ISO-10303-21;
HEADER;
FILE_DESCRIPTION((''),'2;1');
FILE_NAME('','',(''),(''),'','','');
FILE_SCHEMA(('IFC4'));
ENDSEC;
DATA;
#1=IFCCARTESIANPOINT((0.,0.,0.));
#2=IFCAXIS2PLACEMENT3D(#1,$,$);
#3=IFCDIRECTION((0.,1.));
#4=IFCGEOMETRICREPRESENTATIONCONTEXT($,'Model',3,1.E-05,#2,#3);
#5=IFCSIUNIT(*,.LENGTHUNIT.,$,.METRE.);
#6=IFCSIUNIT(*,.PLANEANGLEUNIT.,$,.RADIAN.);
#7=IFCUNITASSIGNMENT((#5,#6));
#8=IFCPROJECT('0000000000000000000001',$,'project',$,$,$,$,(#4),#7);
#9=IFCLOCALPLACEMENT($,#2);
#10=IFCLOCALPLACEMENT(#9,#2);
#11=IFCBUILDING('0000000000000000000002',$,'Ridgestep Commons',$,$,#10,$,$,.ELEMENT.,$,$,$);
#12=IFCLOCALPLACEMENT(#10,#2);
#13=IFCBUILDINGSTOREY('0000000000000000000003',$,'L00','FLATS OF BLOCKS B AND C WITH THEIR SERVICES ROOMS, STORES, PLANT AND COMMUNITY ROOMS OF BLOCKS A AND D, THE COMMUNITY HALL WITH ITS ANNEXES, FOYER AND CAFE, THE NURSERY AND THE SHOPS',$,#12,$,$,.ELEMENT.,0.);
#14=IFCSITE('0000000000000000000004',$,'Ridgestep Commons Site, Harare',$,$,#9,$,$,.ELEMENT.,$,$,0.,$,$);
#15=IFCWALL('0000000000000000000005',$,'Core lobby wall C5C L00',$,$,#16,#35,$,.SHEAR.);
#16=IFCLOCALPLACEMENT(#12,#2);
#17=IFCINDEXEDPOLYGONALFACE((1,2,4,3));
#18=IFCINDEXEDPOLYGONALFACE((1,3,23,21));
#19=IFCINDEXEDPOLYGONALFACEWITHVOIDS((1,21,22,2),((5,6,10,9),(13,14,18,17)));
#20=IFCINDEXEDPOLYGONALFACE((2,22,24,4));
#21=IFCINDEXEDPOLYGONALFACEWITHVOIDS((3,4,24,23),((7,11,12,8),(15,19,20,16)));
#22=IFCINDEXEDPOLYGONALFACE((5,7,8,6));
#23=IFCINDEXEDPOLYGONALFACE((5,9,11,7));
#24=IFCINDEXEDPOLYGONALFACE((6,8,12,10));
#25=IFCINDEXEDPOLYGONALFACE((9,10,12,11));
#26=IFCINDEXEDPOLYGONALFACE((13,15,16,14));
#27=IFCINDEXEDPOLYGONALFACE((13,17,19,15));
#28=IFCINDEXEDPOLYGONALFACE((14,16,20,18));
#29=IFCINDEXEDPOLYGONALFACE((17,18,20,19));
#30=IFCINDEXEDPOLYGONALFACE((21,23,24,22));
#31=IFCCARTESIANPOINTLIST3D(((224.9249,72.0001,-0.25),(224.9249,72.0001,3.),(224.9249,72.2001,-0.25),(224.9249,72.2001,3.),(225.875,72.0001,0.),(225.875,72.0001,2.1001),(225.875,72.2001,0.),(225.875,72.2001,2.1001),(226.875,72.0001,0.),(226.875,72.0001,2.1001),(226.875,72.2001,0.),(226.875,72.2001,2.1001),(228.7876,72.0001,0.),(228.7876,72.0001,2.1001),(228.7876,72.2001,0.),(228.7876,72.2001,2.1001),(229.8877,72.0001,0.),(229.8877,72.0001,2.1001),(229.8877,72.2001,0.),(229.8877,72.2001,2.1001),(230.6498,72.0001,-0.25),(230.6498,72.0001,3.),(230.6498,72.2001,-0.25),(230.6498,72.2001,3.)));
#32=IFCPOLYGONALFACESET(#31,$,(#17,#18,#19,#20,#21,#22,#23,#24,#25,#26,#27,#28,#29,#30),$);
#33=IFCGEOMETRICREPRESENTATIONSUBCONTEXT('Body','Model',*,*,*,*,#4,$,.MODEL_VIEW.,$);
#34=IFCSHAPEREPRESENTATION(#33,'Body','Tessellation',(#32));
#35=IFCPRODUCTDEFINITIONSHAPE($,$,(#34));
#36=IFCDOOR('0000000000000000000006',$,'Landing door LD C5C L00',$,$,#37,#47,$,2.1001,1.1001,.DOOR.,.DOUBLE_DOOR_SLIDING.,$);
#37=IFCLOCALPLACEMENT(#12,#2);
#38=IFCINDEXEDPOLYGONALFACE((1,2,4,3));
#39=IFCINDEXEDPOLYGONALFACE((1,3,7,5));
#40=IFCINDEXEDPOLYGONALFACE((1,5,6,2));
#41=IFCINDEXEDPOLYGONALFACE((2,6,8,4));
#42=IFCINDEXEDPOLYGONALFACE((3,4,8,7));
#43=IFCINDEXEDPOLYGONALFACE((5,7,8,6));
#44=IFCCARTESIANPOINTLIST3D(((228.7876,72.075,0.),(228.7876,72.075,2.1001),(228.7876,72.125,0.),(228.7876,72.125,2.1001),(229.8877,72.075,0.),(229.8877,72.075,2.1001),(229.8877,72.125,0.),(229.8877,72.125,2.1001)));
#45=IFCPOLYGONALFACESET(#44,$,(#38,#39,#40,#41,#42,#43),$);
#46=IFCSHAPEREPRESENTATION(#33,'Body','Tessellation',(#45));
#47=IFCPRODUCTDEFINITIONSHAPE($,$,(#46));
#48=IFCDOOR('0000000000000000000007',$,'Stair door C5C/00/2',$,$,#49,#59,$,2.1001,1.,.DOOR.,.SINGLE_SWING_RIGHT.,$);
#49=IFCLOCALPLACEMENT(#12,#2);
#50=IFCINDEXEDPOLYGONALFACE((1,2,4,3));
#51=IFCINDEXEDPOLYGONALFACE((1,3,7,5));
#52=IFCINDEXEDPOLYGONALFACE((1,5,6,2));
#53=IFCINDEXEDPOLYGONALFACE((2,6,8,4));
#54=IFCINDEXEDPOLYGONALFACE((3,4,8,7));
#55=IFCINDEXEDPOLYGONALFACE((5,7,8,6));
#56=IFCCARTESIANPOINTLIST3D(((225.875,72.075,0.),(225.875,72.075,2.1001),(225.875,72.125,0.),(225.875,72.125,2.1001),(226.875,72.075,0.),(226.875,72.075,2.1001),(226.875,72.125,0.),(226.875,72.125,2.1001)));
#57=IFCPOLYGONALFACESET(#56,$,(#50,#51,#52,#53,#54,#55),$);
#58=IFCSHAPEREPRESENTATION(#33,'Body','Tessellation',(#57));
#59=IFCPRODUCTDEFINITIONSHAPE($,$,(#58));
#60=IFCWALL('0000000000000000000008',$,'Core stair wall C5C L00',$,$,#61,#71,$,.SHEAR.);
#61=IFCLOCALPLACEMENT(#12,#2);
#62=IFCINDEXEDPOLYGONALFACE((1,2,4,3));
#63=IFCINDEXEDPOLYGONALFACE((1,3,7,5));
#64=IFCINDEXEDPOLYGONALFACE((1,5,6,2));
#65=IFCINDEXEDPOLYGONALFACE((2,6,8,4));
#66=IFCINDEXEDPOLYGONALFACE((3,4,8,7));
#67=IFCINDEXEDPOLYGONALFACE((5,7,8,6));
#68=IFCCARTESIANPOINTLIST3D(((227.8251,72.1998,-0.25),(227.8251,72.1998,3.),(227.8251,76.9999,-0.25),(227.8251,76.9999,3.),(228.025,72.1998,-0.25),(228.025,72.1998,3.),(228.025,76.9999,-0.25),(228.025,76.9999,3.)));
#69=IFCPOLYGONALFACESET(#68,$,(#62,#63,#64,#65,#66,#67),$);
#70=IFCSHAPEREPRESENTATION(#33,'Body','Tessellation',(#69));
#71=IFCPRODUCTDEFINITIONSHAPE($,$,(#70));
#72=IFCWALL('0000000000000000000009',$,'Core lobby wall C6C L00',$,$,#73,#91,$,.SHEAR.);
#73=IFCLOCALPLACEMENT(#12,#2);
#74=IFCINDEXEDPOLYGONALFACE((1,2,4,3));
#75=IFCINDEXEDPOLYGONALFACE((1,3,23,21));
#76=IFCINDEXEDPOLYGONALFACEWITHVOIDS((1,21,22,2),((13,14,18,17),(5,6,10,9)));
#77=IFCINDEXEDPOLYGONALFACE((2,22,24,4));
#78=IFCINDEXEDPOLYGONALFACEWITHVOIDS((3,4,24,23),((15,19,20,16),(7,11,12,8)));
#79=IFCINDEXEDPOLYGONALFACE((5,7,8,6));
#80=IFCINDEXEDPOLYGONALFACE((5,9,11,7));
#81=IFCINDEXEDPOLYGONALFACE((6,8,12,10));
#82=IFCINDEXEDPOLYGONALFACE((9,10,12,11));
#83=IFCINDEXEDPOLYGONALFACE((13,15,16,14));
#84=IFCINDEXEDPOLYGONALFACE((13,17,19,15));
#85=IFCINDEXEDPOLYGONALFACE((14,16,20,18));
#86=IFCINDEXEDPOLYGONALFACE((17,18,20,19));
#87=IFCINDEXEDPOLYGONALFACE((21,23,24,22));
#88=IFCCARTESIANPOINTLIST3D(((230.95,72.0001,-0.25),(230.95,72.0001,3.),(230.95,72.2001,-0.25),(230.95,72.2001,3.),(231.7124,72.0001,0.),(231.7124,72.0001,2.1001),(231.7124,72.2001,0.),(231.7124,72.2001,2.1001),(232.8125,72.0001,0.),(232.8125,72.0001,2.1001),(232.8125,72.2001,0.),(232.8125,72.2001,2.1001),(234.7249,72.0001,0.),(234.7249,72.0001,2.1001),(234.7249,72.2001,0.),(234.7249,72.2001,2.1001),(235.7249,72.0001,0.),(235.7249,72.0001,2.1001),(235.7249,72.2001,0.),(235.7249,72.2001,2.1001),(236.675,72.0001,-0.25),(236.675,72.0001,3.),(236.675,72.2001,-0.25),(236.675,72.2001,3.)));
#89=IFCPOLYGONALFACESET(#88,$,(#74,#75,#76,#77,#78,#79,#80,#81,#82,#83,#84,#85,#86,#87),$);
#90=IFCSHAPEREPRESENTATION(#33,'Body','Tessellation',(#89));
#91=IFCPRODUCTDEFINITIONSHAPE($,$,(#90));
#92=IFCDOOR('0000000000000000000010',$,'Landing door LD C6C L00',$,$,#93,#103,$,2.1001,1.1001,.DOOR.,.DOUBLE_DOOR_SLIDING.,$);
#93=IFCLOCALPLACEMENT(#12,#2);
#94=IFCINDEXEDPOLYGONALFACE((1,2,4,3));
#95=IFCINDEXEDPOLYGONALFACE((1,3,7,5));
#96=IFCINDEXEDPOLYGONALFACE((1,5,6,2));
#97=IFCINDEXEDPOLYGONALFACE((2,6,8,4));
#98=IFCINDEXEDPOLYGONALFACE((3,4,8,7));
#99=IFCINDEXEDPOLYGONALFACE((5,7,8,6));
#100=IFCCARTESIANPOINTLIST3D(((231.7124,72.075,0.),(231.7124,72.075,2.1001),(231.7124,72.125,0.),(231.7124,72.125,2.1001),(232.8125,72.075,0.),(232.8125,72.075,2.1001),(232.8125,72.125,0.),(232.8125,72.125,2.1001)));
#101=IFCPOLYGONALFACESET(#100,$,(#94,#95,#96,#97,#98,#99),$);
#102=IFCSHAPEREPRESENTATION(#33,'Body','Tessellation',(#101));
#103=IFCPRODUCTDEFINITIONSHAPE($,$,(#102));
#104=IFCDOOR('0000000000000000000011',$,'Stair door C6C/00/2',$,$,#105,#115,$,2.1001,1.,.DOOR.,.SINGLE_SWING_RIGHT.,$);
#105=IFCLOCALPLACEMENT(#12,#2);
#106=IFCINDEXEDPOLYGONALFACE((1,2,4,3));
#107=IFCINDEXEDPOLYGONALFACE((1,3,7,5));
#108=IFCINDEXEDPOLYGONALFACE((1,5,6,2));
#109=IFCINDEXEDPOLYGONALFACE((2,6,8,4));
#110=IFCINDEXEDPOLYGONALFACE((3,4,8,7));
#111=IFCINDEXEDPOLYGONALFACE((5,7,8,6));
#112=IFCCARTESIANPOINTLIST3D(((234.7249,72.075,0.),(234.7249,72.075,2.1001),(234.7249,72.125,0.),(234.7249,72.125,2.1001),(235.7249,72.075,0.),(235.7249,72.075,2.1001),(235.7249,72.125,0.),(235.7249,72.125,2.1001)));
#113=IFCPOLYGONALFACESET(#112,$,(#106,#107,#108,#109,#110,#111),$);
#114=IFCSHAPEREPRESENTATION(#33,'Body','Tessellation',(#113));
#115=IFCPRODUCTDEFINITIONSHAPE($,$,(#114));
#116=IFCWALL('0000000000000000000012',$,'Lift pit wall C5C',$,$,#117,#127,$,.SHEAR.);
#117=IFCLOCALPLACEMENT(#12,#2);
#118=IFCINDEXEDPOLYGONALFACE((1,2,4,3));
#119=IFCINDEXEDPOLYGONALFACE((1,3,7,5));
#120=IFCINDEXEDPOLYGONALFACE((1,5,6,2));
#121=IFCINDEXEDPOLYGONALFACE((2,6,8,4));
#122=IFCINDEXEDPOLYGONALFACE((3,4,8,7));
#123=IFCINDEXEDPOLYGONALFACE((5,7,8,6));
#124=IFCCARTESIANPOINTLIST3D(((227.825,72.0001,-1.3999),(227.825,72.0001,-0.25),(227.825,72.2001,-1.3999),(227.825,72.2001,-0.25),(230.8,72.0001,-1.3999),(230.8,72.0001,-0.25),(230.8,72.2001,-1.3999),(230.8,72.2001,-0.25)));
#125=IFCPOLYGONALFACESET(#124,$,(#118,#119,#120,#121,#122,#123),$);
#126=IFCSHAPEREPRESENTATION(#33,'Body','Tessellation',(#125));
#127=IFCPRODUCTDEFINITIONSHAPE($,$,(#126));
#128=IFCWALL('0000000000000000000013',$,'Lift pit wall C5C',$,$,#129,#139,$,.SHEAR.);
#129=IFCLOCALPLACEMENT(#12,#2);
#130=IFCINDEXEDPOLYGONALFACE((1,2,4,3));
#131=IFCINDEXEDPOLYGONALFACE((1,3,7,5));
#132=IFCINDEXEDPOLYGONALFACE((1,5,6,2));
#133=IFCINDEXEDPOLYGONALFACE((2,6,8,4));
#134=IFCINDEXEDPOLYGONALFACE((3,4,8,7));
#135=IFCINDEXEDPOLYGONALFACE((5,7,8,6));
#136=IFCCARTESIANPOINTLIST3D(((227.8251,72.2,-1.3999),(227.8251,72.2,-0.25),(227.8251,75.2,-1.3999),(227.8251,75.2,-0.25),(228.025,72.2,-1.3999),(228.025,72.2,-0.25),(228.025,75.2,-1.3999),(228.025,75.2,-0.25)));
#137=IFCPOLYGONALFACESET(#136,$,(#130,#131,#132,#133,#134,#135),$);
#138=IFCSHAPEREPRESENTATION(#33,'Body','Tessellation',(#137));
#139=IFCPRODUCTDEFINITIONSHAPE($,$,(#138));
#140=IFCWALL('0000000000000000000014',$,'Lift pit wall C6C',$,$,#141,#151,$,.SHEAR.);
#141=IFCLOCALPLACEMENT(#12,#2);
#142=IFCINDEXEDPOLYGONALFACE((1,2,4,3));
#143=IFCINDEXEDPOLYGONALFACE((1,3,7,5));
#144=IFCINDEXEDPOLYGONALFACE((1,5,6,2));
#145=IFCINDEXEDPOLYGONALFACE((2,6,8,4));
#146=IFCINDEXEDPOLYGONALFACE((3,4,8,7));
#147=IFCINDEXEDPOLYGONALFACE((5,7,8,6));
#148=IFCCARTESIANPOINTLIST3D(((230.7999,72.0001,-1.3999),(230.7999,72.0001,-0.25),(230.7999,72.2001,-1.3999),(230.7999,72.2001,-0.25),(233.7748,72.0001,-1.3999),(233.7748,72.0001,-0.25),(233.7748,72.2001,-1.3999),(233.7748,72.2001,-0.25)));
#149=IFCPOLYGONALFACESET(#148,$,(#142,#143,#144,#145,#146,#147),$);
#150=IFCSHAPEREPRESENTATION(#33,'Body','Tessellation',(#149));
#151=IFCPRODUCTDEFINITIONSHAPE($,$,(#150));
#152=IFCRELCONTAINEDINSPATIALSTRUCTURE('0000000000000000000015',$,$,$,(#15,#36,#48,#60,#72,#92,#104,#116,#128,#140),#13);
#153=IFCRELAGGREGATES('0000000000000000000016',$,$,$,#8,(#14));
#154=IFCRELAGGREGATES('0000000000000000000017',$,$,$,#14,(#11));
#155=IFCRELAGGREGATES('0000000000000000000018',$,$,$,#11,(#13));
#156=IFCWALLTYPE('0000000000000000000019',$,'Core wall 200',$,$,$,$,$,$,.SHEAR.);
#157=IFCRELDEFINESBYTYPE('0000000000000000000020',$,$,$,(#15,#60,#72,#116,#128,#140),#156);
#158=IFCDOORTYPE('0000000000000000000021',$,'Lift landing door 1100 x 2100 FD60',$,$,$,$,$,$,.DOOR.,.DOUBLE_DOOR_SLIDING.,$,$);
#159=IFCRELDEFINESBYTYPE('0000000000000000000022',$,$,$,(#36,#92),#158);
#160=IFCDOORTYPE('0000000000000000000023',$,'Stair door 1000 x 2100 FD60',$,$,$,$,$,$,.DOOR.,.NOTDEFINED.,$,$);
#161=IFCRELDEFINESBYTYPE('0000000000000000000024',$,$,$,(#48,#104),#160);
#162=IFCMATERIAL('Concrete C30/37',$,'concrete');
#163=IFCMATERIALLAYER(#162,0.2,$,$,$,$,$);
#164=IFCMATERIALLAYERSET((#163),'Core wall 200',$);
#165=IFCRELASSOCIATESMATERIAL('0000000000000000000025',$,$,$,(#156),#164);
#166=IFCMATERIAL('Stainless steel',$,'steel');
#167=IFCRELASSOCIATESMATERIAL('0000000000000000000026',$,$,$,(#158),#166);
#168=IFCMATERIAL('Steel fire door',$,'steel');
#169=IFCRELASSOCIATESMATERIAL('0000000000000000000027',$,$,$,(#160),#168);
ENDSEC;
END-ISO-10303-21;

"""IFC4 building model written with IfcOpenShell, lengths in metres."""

from ifc_helpers import new_model, si_unit, direction, frame, frame_2d, origin, place, context, subcontext, project, spatial, rectangle, extrude, material, layer, layer_set, type_object, element, fill, save


model = new_model("IFC4")

# Units and contexts
model_context = context("Model", 3, precision=1e-05, world=origin(), true_north=direction((0.0, 1.0)))
body_context = subcontext(model_context, "Body", "Model", "MODEL_VIEW")
ifc_project = project(units=[si_unit("LENGTHUNIT", "METRE"), si_unit("PLANEANGLEUNIT", "RADIAN")], contexts=[model_context])

# Site, building, storey
site_placement = place(None, origin())
site = spatial("IfcSite", under=ifc_project, at=site_placement, Name="Ridgestep Commons Site, Harare", CompositionType="ELEMENT", RefElevation=0.0)
building_placement = place(site_placement, origin())
building = spatial("IfcBuilding", under=site, at=building_placement, Name="Ridgestep Commons", CompositionType="ELEMENT")
storey_placement = place(building_placement, origin())
storey = spatial("IfcBuildingStorey", under=building, at=storey_placement, Name="L00", Description="FLATS OF BLOCKS B AND C WITH THEIR SERVICES ROOMS, STORES, PLANT AND COMMUNITY ROOMS OF BLOCKS A AND D, THE COMMUNITY HALL WITH ITS ANNEXES, FOYER AND CAFE, THE NURSERY AND THE SHOPS", CompositionType="ELEMENT", Elevation=0.0)

# Wall, openings, doors
ifc_material_1 = material(Name="Concrete C30/37", Category="concrete")
ifc_layer_1 = layer(ifc_material_1, 0.2)
ifc_layer_set_1 = layer_set([ifc_layer_1], Name="Core wall 200")
wall_type_1 = type_object("IfcWallType", Name="Core wall 200", PredefinedType="SHEAR", material=ifc_layer_set_1)
wall_1_placement = place(storey_placement, frame((224.925, 72.1001, -0.25), z_axis=(0.0, 0.0, 1.0), x_axis=(1.0, 0.0, 0.0)))
wall_1 = element("IfcWall", 1, at=wall_1_placement, inside=storey, type_object=wall_type_1, Name="Core lobby wall C5C L00", PredefinedType="SHEAR", context=body_context, shape_type="SweptSolid", body=[
    extrude(rectangle(XDim=5.7249, YDim=0.2, at=frame_2d((2.8623, 0.0))), origin(), (0.0, 0.0, 1.0), 3.25),
])
opening_1_placement = place(wall_1_placement, frame((0.95, 0.0, 0.25)))
opening_1 = element("IfcOpeningElement", 2, at=opening_1_placement, cuts=wall_1, PredefinedType="OPENING", context=body_context, shape_type="SweptSolid", body=[
    extrude(rectangle(XDim=1.0, YDim=2.1001, at=frame_2d((0.5, 1.05))), frame((0.0, 0.1099, 0.0), z_axis=(0.0, -1.0, 0.0), x_axis=(1.0, 0.0, 0.0)), (0.0, 0.0, 1.0), 0.22),
])
opening_2_placement = place(wall_1_placement, frame((3.8625, 0.0, 0.25)))
opening_2 = element("IfcOpeningElement", 3, at=opening_2_placement, cuts=wall_1, PredefinedType="OPENING", context=body_context, shape_type="SweptSolid", body=[
    extrude(rectangle(XDim=1.1001, YDim=2.1001, at=frame_2d((0.55, 1.05))), frame((0.0, 0.1099, 0.0), z_axis=(0.0, -1.0, 0.0), x_axis=(1.0, 0.0, 0.0)), (0.0, 0.0, 1.0), 0.22),
])
ifc_material_2 = material(Name="Stainless steel", Category="steel")
door_type_1 = type_object("IfcDoorType", Name="Lift landing door 1100 x 2100 FD60", OperationType="DOUBLE_DOOR_SLIDING", PredefinedType="DOOR", material=ifc_material_2)
door_1_placement = place(opening_2_placement, origin())
door_1 = element("IfcDoor", 4, at=door_1_placement, inside=storey, type_object=door_type_1, Name="Landing door LD C5C L00", OperationType="DOUBLE_DOOR_SLIDING", OverallHeight=2.1001, OverallWidth=1.1001, PredefinedType="DOOR", context=body_context, shape_type="SweptSolid", body=[
    extrude(rectangle(XDim=1.1001, YDim=2.1001, at=frame_2d((0.55, 1.05))), frame((0.0, 0.0249, 0.0), z_axis=(0.0, -1.0, 0.0), x_axis=(1.0, 0.0, 0.0)), (0.0, 0.0, 1.0), 0.05),
])
fill(opening_2, door_1)
ifc_material_3 = material(Name="Steel fire door", Category="steel")
door_type_2 = type_object("IfcDoorType", Name="Stair door 1000 x 2100 FD60", OperationType="NOTDEFINED", PredefinedType="DOOR", material=ifc_material_3)
door_2_placement = place(opening_1_placement, origin())
door_2 = element("IfcDoor", 5, at=door_2_placement, inside=storey, type_object=door_type_2, Name="Stair door C5C/00/2", OperationType="SINGLE_SWING_RIGHT", OverallHeight=2.1001, OverallWidth=1.0, PredefinedType="DOOR", context=body_context, shape_type="SweptSolid", body=[
    extrude(rectangle(XDim=1.0, YDim=2.1001, at=frame_2d((0.5, 1.05))), frame((0.0, 0.0249, 0.0), z_axis=(0.0, -1.0, 0.0), x_axis=(1.0, 0.0, 0.0)), (0.0, 0.0, 1.0), 0.05),
])
fill(opening_1, door_2)

# Wall
wall_2_placement = place(storey_placement, frame((227.925, 72.2, -0.25), z_axis=(0.0, 0.0, 1.0), x_axis=(0.0, 1.0, 0.0)))
element("IfcWall", 6, at=wall_2_placement, inside=storey, type_object=wall_type_1, Name="Core stair wall C5C L00", PredefinedType="SHEAR", context=body_context, shape_type="SweptSolid", body=[
    extrude(rectangle(XDim=4.8, YDim=0.2, at=frame_2d((2.3999, 0.0))), origin(), (0.0, 0.0, 1.0), 3.25),
])

# Wall, openings, doors
wall_3_placement = place(storey_placement, frame((230.95, 72.1001, -0.25), z_axis=(0.0, 0.0, 1.0), x_axis=(1.0, 0.0, 0.0)))
wall_3 = element("IfcWall", 7, at=wall_3_placement, inside=storey, type_object=wall_type_1, Name="Core lobby wall C6C L00", PredefinedType="SHEAR", context=body_context, shape_type="SweptSolid", body=[
    extrude(rectangle(XDim=5.7251, YDim=0.2, at=frame_2d((2.8625, 0.0))), origin(), (0.0, 0.0, 1.0), 3.25),
])
opening_3_placement = place(wall_3_placement, frame((3.7749, 0.0, 0.25)))
opening_3 = element("IfcOpeningElement", 8, at=opening_3_placement, cuts=wall_3, PredefinedType="OPENING", context=body_context, shape_type="SweptSolid", body=[
    extrude(rectangle(XDim=1.0, YDim=2.1001, at=frame_2d((0.5, 1.05))), frame((0.0, 0.1099, 0.0), z_axis=(0.0, -1.0, 0.0), x_axis=(1.0, 0.0, 0.0)), (0.0, 0.0, 1.0), 0.22),
])
opening_4_placement = place(wall_3_placement, frame((0.7625, 0.0, 0.25)))
opening_4 = element("IfcOpeningElement", 9, at=opening_4_placement, cuts=wall_3, PredefinedType="OPENING", context=body_context, shape_type="SweptSolid", body=[
    extrude(rectangle(XDim=1.1001, YDim=2.1001, at=frame_2d((0.55, 1.05))), frame((0.0, 0.1099, 0.0), z_axis=(0.0, -1.0, 0.0), x_axis=(1.0, 0.0, 0.0)), (0.0, 0.0, 1.0), 0.22),
])
door_3_placement = place(opening_4_placement, origin())
door_3 = element("IfcDoor", 10, at=door_3_placement, inside=storey, type_object=door_type_1, Name="Landing door LD C6C L00", OperationType="DOUBLE_DOOR_SLIDING", OverallHeight=2.1001, OverallWidth=1.1001, PredefinedType="DOOR", context=body_context, shape_type="SweptSolid", body=[
    extrude(rectangle(XDim=1.1001, YDim=2.1001, at=frame_2d((0.55, 1.05))), frame((0.0, 0.0249, 0.0), z_axis=(0.0, -1.0, 0.0), x_axis=(1.0, 0.0, 0.0)), (0.0, 0.0, 1.0), 0.05),
])
fill(opening_4, door_3)
door_4_placement = place(opening_3_placement, origin())
door_4 = element("IfcDoor", 11, at=door_4_placement, inside=storey, type_object=door_type_2, Name="Stair door C6C/00/2", OperationType="SINGLE_SWING_RIGHT", OverallHeight=2.1001, OverallWidth=1.0, PredefinedType="DOOR", context=body_context, shape_type="SweptSolid", body=[
    extrude(rectangle(XDim=1.0, YDim=2.1001, at=frame_2d((0.5, 1.05))), frame((0.0, 0.0249, 0.0), z_axis=(0.0, -1.0, 0.0), x_axis=(1.0, 0.0, 0.0)), (0.0, 0.0, 1.0), 0.05),
])
fill(opening_3, door_4)

# Walls
wall_4_placement = place(storey_placement, frame((227.825, 72.1001, -1.3999), z_axis=(0.0, 0.0, 1.0), x_axis=(1.0, 0.0, 0.0)))
element("IfcWall", 12, at=wall_4_placement, inside=storey, type_object=wall_type_1, Name="Lift pit wall C5C", PredefinedType="SHEAR", context=body_context, shape_type="SweptSolid", body=[
    extrude(rectangle(XDim=2.9751, YDim=0.2, at=frame_2d((1.4875, 0.0))), origin(), (0.0, 0.0, 1.0), 1.1499),
])
wall_5_placement = place(storey_placement, frame((227.925, 72.2, -1.3999), z_axis=(0.0, 0.0, 1.0), x_axis=(0.0, 1.0, 0.0)))
element("IfcWall", 13, at=wall_5_placement, inside=storey, type_object=wall_type_1, Name="Lift pit wall C5C", PredefinedType="SHEAR", context=body_context, shape_type="SweptSolid", body=[
    extrude(rectangle(XDim=3.0, YDim=0.2, at=frame_2d((1.5, 0.0))), origin(), (0.0, 0.0, 1.0), 1.1499),
])
wall_6_placement = place(storey_placement, frame((230.8, 72.1001, -1.3999), z_axis=(0.0, 0.0, 1.0), x_axis=(1.0, 0.0, 0.0)))
element("IfcWall", 14, at=wall_6_placement, inside=storey, type_object=wall_type_1, Name="Lift pit wall C6C", PredefinedType="SHEAR", context=body_context, shape_type="SweptSolid", body=[
    extrude(rectangle(XDim=2.9749, YDim=0.2, at=frame_2d((1.4873, 0.0))), origin(), (0.0, 0.0, 1.0), 1.1499),
])

save(model, "model.ifc")
